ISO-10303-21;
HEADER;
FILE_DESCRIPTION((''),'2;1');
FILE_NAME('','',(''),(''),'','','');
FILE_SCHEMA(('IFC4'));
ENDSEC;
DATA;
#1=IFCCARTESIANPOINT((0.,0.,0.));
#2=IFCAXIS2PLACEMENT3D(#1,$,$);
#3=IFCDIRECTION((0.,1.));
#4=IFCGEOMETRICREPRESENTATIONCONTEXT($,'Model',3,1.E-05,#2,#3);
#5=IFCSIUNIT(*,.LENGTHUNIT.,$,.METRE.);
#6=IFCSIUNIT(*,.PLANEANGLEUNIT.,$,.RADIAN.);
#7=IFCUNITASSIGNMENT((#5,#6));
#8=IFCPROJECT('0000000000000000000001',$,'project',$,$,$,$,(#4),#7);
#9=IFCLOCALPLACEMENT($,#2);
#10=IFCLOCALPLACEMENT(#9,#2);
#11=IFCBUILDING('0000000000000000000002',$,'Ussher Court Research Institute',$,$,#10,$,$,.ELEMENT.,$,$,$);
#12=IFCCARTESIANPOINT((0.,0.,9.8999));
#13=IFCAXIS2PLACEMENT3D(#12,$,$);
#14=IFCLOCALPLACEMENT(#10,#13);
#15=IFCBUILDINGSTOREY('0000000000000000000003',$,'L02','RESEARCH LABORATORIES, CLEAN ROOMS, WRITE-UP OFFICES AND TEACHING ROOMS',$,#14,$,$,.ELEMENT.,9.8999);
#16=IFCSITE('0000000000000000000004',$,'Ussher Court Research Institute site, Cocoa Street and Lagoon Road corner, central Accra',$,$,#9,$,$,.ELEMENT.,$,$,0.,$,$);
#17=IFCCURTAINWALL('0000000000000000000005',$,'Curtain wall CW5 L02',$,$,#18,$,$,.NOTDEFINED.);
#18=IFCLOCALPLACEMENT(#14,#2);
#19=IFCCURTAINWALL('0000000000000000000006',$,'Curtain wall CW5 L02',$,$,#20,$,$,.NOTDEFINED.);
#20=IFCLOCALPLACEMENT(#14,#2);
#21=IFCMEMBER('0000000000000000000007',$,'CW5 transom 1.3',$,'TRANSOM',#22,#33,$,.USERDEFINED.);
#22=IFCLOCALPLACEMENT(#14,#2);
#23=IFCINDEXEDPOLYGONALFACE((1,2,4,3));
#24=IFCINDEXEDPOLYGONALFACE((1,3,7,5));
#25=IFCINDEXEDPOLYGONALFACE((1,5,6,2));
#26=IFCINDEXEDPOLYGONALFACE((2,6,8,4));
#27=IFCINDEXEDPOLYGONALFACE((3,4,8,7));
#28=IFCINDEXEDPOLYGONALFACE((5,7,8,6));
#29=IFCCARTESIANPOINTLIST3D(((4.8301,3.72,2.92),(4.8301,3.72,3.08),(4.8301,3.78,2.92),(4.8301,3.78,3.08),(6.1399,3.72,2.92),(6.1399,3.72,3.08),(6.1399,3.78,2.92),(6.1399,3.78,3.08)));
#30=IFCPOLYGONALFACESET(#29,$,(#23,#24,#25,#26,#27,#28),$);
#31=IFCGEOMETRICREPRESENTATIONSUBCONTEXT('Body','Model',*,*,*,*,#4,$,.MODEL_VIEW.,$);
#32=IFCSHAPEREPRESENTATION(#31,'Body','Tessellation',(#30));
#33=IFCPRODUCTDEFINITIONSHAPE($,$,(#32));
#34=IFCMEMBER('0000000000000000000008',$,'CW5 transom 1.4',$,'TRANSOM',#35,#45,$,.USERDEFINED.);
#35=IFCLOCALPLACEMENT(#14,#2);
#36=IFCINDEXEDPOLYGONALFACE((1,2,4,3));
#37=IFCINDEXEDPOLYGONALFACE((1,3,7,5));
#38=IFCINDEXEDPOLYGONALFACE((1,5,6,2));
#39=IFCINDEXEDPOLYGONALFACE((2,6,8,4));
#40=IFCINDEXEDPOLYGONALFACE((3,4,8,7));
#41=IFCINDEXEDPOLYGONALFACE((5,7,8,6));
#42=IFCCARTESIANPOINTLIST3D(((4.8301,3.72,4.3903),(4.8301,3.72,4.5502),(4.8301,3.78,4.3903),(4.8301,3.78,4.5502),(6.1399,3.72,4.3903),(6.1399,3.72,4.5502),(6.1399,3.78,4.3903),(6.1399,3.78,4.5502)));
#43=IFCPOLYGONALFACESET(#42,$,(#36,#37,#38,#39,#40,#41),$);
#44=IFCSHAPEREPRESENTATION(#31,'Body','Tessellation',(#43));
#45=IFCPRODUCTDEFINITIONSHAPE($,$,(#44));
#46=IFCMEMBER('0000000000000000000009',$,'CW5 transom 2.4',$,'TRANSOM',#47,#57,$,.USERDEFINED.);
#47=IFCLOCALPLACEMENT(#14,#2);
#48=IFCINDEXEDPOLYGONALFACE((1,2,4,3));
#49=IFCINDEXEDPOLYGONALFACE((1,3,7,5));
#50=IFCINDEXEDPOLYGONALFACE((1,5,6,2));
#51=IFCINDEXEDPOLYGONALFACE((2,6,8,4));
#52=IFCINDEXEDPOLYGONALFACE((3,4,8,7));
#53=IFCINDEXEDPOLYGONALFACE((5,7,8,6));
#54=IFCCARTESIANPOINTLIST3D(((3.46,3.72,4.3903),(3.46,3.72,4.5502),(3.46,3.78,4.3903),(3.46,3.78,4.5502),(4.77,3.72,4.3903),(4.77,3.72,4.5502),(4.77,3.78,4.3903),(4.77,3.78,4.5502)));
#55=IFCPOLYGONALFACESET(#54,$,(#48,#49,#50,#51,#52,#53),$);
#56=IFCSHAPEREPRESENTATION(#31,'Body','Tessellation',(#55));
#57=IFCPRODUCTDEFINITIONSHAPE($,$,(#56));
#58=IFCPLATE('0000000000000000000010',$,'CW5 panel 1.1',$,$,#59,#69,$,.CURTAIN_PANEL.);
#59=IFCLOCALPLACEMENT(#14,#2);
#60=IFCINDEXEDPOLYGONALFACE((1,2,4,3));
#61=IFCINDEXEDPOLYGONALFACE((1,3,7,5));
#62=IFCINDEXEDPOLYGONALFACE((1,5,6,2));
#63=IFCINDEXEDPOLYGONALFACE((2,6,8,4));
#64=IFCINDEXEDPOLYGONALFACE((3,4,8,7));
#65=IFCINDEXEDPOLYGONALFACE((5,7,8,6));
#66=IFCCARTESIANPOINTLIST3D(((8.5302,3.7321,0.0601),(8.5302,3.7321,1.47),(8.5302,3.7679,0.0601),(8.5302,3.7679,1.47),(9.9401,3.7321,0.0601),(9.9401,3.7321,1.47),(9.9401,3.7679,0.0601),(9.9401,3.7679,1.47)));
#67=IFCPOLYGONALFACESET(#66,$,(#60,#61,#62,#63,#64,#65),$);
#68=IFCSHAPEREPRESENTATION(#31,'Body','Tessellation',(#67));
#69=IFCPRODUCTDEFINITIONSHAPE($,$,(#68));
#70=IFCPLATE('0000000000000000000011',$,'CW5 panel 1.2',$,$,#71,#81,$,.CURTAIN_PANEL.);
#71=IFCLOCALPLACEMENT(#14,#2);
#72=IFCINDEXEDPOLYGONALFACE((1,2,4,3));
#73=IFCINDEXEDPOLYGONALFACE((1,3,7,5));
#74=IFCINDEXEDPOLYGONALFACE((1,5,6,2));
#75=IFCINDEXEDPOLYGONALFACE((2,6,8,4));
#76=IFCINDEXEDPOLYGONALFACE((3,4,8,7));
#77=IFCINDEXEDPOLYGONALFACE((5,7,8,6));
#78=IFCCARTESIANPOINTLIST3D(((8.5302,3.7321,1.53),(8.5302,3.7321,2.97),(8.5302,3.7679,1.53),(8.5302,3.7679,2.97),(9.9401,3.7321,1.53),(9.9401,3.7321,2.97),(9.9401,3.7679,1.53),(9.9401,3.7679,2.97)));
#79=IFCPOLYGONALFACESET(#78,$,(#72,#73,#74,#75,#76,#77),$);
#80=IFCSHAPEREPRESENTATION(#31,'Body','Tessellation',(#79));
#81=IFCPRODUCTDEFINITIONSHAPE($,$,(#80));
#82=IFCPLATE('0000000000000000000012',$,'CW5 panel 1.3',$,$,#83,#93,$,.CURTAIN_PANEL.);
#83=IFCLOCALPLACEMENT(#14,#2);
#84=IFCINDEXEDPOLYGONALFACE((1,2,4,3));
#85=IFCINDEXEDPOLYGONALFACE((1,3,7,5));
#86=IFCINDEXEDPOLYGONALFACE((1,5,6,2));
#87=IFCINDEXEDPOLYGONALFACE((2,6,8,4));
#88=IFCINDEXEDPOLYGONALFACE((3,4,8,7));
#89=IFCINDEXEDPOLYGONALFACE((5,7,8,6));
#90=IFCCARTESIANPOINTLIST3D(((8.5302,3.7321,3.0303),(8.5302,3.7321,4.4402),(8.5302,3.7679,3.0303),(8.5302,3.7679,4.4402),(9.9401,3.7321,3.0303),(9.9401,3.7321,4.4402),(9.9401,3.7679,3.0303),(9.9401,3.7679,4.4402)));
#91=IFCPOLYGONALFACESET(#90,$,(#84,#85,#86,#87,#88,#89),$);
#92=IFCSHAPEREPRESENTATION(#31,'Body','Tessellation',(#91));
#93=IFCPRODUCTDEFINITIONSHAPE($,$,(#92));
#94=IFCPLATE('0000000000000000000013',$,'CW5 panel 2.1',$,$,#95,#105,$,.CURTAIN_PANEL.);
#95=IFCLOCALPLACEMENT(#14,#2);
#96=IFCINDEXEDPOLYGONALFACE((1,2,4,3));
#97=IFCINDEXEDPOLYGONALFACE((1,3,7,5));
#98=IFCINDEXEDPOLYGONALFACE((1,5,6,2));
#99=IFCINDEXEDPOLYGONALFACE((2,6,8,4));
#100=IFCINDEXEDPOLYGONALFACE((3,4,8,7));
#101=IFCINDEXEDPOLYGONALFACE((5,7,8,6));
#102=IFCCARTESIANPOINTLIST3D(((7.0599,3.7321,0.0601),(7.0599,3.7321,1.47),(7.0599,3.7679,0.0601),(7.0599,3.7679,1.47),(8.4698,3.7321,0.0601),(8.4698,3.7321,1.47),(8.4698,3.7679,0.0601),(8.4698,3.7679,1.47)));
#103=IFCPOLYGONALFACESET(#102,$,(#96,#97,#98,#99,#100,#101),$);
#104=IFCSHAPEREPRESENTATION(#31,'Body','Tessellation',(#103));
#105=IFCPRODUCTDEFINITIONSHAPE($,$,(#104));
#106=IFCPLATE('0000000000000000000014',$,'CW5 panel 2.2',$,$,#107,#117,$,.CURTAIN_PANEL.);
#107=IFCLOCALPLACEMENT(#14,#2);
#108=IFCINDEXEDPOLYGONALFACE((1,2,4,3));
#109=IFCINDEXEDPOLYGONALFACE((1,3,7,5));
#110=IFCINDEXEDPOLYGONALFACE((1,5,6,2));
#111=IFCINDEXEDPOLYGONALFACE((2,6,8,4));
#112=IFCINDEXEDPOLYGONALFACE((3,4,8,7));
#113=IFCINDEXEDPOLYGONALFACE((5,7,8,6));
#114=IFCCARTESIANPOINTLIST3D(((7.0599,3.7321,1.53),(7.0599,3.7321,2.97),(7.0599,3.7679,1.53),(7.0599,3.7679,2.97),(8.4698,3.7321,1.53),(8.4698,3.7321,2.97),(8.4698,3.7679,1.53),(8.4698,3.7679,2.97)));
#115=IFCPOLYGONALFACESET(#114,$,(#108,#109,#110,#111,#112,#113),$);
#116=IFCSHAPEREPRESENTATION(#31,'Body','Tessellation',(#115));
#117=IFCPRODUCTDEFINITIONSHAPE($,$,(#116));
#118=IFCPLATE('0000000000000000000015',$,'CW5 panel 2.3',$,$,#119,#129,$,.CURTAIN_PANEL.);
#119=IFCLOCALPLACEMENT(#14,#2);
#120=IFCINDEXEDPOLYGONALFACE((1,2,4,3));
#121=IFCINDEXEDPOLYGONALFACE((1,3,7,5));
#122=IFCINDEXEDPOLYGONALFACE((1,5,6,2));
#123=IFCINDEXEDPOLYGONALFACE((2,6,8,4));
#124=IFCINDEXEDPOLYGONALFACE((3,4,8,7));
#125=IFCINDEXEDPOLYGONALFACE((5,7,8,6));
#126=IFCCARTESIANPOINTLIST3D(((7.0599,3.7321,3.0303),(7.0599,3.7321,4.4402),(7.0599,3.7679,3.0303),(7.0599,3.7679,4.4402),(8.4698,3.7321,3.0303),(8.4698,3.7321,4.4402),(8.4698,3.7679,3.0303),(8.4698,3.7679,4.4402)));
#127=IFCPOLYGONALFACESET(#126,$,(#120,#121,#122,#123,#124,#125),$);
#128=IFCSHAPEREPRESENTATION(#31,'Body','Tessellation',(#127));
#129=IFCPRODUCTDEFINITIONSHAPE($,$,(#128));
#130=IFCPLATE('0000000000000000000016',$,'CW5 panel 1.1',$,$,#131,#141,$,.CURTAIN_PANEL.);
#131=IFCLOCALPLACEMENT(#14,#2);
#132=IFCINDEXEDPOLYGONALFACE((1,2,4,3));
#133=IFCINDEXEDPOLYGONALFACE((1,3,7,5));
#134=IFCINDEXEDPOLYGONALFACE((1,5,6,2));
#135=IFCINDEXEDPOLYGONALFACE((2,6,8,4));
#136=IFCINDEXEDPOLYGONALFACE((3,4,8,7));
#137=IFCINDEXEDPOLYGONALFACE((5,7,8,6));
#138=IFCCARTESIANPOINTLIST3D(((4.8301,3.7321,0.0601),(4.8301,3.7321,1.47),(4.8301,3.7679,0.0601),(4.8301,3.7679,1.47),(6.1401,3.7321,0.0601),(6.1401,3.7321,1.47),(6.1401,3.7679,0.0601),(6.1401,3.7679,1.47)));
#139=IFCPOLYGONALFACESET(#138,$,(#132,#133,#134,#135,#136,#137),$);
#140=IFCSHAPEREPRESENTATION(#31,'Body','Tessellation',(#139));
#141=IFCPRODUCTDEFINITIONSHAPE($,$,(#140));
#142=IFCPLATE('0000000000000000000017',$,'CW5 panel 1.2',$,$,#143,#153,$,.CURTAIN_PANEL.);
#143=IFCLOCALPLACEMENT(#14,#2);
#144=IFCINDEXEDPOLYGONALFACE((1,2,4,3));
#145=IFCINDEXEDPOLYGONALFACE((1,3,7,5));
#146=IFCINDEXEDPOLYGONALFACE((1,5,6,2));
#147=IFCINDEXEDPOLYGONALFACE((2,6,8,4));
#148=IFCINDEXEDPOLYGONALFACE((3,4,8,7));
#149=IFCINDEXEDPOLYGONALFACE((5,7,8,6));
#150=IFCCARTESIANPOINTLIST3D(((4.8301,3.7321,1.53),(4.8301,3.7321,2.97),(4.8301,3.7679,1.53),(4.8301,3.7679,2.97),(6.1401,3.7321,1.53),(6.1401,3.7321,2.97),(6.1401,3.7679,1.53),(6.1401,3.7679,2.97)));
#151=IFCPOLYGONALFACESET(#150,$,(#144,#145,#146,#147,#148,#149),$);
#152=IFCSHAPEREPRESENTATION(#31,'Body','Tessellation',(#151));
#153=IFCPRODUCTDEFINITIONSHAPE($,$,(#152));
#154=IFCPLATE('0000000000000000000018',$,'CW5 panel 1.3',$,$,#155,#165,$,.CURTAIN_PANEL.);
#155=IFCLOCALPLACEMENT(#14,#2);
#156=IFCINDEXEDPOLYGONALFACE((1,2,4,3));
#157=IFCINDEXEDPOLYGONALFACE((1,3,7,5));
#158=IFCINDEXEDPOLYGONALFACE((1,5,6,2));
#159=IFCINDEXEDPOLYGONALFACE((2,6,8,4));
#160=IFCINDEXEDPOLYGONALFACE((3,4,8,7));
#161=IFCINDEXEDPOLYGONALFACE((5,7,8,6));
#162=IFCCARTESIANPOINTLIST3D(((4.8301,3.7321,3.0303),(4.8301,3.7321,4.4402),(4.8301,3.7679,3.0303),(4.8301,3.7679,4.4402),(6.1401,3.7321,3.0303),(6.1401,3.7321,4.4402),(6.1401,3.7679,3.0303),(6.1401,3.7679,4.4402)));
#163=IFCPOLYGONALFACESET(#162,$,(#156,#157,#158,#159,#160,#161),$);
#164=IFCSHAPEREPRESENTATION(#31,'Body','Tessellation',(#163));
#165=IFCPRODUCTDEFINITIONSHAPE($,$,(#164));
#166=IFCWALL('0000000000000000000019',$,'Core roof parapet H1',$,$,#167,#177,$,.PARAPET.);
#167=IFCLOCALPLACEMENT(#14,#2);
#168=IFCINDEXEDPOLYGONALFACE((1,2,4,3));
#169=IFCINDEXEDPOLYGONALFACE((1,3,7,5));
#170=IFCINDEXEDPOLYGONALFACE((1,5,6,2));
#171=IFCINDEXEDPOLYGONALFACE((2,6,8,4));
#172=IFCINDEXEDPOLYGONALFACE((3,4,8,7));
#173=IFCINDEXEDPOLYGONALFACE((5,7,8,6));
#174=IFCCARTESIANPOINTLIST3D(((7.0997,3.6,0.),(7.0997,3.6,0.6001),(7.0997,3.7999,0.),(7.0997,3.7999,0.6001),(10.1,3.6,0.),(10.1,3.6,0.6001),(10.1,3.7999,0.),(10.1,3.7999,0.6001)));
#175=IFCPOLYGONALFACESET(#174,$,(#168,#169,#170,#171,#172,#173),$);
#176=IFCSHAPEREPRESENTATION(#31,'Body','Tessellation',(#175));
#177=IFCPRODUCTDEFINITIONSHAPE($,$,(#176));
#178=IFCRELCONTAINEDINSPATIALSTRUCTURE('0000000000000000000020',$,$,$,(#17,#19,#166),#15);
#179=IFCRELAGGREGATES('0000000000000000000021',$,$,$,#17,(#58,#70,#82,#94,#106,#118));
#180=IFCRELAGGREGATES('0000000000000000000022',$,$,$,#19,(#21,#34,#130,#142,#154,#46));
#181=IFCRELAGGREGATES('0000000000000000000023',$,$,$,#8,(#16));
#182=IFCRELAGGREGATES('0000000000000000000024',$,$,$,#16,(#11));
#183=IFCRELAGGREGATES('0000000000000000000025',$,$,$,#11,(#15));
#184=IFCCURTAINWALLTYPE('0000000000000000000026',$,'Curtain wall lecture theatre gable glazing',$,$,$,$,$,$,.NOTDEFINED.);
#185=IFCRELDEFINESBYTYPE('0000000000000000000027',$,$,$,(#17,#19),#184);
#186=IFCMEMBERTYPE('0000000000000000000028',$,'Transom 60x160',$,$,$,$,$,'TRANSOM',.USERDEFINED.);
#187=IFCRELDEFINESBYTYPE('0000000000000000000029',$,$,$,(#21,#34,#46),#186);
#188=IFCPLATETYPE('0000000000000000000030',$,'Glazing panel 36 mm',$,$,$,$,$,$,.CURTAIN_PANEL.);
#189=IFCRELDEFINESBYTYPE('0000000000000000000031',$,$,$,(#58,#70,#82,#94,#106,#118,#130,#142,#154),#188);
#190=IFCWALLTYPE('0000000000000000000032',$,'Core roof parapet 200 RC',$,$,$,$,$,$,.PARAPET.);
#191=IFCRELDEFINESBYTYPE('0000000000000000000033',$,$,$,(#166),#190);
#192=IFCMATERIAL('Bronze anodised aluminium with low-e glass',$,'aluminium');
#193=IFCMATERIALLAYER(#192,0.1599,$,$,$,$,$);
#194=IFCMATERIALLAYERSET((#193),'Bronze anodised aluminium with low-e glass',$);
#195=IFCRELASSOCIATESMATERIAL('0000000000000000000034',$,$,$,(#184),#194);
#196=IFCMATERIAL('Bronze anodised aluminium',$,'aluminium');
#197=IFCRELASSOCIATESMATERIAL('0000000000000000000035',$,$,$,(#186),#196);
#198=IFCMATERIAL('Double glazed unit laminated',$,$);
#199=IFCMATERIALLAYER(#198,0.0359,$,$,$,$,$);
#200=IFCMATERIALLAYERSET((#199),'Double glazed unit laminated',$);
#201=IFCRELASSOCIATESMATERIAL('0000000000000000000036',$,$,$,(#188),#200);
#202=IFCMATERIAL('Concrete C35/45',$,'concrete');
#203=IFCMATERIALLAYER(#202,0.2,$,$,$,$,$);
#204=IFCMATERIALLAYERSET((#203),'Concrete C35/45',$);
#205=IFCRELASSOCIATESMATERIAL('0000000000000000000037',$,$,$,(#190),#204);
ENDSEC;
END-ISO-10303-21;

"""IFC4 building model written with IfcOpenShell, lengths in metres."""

from ifc_helpers import new_model, si_unit, direction, frame, frame_2d, origin, origin_2d, place, context, subcontext, project, spatial, rectangle, extrude, material, layer, layer_set, material_profile, profile_set, type_object, element, aggregate, save


model = new_model("IFC4")

# Units and contexts
model_context = context("Model", 3, precision=1e-05, world=origin(), true_north=direction((0.0, 1.0)))
body_context = subcontext(model_context, "Body", "Model", "MODEL_VIEW")
ifc_project = project(units=[si_unit("LENGTHUNIT", "METRE"), si_unit("PLANEANGLEUNIT", "RADIAN")], contexts=[model_context])

# Site, building, storey
site_placement = place(None, origin())
site = spatial("IfcSite", under=ifc_project, at=site_placement, Name="Ussher Court Research Institute site, Cocoa Street and Lagoon Road corner, central Accra", CompositionType="ELEMENT", RefElevation=0.0)
building_placement = place(site_placement, origin())
building = spatial("IfcBuilding", under=site, at=building_placement, Name="Ussher Court Research Institute", CompositionType="ELEMENT")
storey_placement = place(building_placement, frame((0.0, 0.0, 9.8999)))
storey = spatial("IfcBuildingStorey", under=building, at=storey_placement, Name="L02", Description="RESEARCH LABORATORIES, CLEAN ROOMS, WRITE-UP OFFICES AND TEACHING ROOMS", CompositionType="ELEMENT", Elevation=9.8999)

# Curtain walls
ifc_material_1 = material(Name="Bronze anodised aluminium with low-e glass", Category="aluminium")
ifc_layer_1 = layer(ifc_material_1, 0.1599)
ifc_layer_set_1 = layer_set([ifc_layer_1], Name="Bronze anodised aluminium with low-e glass")
curtain_wall_type = type_object("IfcCurtainWallType", Name="Curtain wall lecture theatre gable glazing", PredefinedType="NOTDEFINED", material=ifc_layer_set_1)
curtain_wall_1_placement = place(storey_placement, origin())
curtain_wall_1 = element("IfcCurtainWall", 1, at=curtain_wall_1_placement, inside=storey, type_object=curtain_wall_type, Name="Curtain wall CW5 L02", PredefinedType="NOTDEFINED")
curtain_wall_2_placement = place(storey_placement, origin())
curtain_wall_2 = element("IfcCurtainWall", 2, at=curtain_wall_2_placement, inside=storey, type_object=curtain_wall_type, Name="Curtain wall CW5 L02", PredefinedType="NOTDEFINED")

# Members
ifc_material_2 = material(Name="Bronze anodised aluminium", Category="aluminium")
ifc_material_profile_1 = material_profile(ifc_material_2, rectangle(XDim=0.0601, YDim=0.1599, at=origin_2d()), Name="Transom 60x160")
ifc_profile_set_1 = profile_set([ifc_material_profile_1], Name="Bronze anodised aluminium")
member_type_1 = type_object("IfcMemberType", Name="Transom 60x160", ElementType="TRANSOM", PredefinedType="USERDEFINED", material=ifc_profile_set_1)
member_1_placement = place(storey_placement, frame((6.1399, 3.75, 3.0), z_axis=(-1.0, 0.0, 0.0), x_axis=(0.0, -1.0, 0.0)))
member_1 = element("IfcMember", 3, at=member_1_placement, type_object=member_type_1, Name="CW5 transom 1.3", ObjectType="TRANSOM", PredefinedType="USERDEFINED", context=body_context, shape_type="SweptSolid", body=[
    extrude(rectangle(XDim=0.0601, YDim=0.1599, at=origin_2d()), origin(), (0.0, 0.0, 1.0), 1.3098),
])
member_2_placement = place(storey_placement, frame((6.1399, 3.75, 4.4702), z_axis=(-1.0, 0.0, 0.0), x_axis=(0.0, -1.0, 0.0)))
member_2 = element("IfcMember", 4, at=member_2_placement, type_object=member_type_1, Name="CW5 transom 1.4", ObjectType="TRANSOM", PredefinedType="USERDEFINED", context=body_context, shape_type="SweptSolid", body=[
    extrude(rectangle(XDim=0.0601, YDim=0.1599, at=origin_2d()), origin(), (0.0, 0.0, 1.0), 1.3098),
])
member_3_placement = place(storey_placement, frame((4.77, 3.75, 4.4702), z_axis=(-1.0, 0.0, 0.0), x_axis=(0.0, -1.0, 0.0)))
member_3 = element("IfcMember", 5, at=member_3_placement, type_object=member_type_1, Name="CW5 transom 2.4", ObjectType="TRANSOM", PredefinedType="USERDEFINED", context=body_context, shape_type="SweptSolid", body=[
    extrude(rectangle(XDim=0.0601, YDim=0.1599, at=origin_2d()), origin(), (0.0, 0.0, 1.0), 1.3101),
])

# Plates
ifc_material_3 = material(Name="Double glazed unit laminated")
ifc_layer_2 = layer(ifc_material_3, 0.0359)
ifc_layer_set_2 = layer_set([ifc_layer_2], Name="Double glazed unit laminated")
plate_type = type_object("IfcPlateType", Name="Glazing panel 36 mm", PredefinedType="CURTAIN_PANEL", material=ifc_layer_set_2)
plate_1_placement = place(storey_placement, frame((9.2351, 3.75, 0.0601), z_axis=(0.0, 0.0, 1.0), x_axis=(-1.0, 0.0, 0.0)))
plate_1 = element("IfcPlate", 6, at=plate_1_placement, type_object=plate_type, Name="CW5 panel 1.1", PredefinedType="CURTAIN_PANEL", context=body_context, shape_type="SweptSolid", body=[
    extrude(rectangle(XDim=1.4099, YDim=0.0359, at=origin_2d()), origin(), (0.0, 0.0, 1.0), 1.4099),
])
plate_2_placement = place(storey_placement, frame((9.2351, 3.75, 1.53), z_axis=(0.0, 0.0, 1.0), x_axis=(-1.0, 0.0, 0.0)))
plate_2 = element("IfcPlate", 7, at=plate_2_placement, type_object=plate_type, Name="CW5 panel 1.2", PredefinedType="CURTAIN_PANEL", context=body_context, shape_type="SweptSolid", body=[
    extrude(rectangle(XDim=1.4099, YDim=0.0359, at=origin_2d()), origin(), (0.0, 0.0, 1.0), 1.4399),
])
plate_3_placement = place(storey_placement, frame((9.2351, 3.75, 3.0303), z_axis=(0.0, 0.0, 1.0), x_axis=(-1.0, 0.0, 0.0)))
plate_3 = element("IfcPlate", 8, at=plate_3_placement, type_object=plate_type, Name="CW5 panel 1.3", PredefinedType="CURTAIN_PANEL", context=body_context, shape_type="SweptSolid", body=[
    extrude(rectangle(XDim=1.4099, YDim=0.0359, at=origin_2d()), origin(), (0.0, 0.0, 1.0), 1.4099),
])
plate_4_placement = place(storey_placement, frame((7.7649, 3.75, 0.0601), z_axis=(0.0, 0.0, 1.0), x_axis=(-1.0, 0.0, 0.0)))
plate_4 = element("IfcPlate", 9, at=plate_4_placement, type_object=plate_type, Name="CW5 panel 2.1", PredefinedType="CURTAIN_PANEL", context=body_context, shape_type="SweptSolid", body=[
    extrude(rectangle(XDim=1.4099, YDim=0.0359, at=origin_2d()), origin(), (0.0, 0.0, 1.0), 1.4099),
])
plate_5_placement = place(storey_placement, frame((7.7649, 3.75, 1.53), z_axis=(0.0, 0.0, 1.0), x_axis=(-1.0, 0.0, 0.0)))
plate_5 = element("IfcPlate", 10, at=plate_5_placement, type_object=plate_type, Name="CW5 panel 2.2", PredefinedType="CURTAIN_PANEL", context=body_context, shape_type="SweptSolid", body=[
    extrude(rectangle(XDim=1.4099, YDim=0.0359, at=origin_2d()), origin(), (0.0, 0.0, 1.0), 1.4399),
])
plate_6_placement = place(storey_placement, frame((7.7649, 3.75, 3.0303), z_axis=(0.0, 0.0, 1.0), x_axis=(-1.0, 0.0, 0.0)))
plate_6 = element("IfcPlate", 11, at=plate_6_placement, type_object=plate_type, Name="CW5 panel 2.3", PredefinedType="CURTAIN_PANEL", context=body_context, shape_type="SweptSolid", body=[
    extrude(rectangle(XDim=1.4099, YDim=0.0359, at=origin_2d()), origin(), (0.0, 0.0, 1.0), 1.4099),
])
aggregate(curtain_wall_1, [plate_1, plate_2, plate_3, plate_4, plate_5, plate_6])
plate_7_placement = place(storey_placement, frame((5.4851, 3.75, 0.0601), z_axis=(0.0, 0.0, 1.0), x_axis=(-1.0, 0.0, 0.0)))
plate_7 = element("IfcPlate", 12, at=plate_7_placement, type_object=plate_type, Name="CW5 panel 1.1", PredefinedType="CURTAIN_PANEL", context=body_context, shape_type="SweptSolid", body=[
    extrude(rectangle(XDim=1.3101, YDim=0.0359, at=origin_2d()), origin(), (0.0, 0.0, 1.0), 1.4099),
])
plate_8_placement = place(storey_placement, frame((5.4851, 3.75, 1.53), z_axis=(0.0, 0.0, 1.0), x_axis=(-1.0, 0.0, 0.0)))
plate_8 = element("IfcPlate", 13, at=plate_8_placement, type_object=plate_type, Name="CW5 panel 1.2", PredefinedType="CURTAIN_PANEL", context=body_context, shape_type="SweptSolid", body=[
    extrude(rectangle(XDim=1.3101, YDim=0.0359, at=origin_2d()), origin(), (0.0, 0.0, 1.0), 1.4399),
])
plate_9_placement = place(storey_placement, frame((5.4851, 3.75, 3.0303), z_axis=(0.0, 0.0, 1.0), x_axis=(-1.0, 0.0, 0.0)))
plate_9 = element("IfcPlate", 14, at=plate_9_placement, type_object=plate_type, Name="CW5 panel 1.3", PredefinedType="CURTAIN_PANEL", context=body_context, shape_type="SweptSolid", body=[
    extrude(rectangle(XDim=1.3101, YDim=0.0359, at=origin_2d()), origin(), (0.0, 0.0, 1.0), 1.4099),
])
aggregate(curtain_wall_2, [member_1, member_2, plate_7, plate_8, plate_9, member_3])

# Wall
ifc_material_4 = material(Name="Concrete C35/45", Category="concrete")
ifc_layer_3 = layer(ifc_material_4, 0.2)
ifc_layer_set_3 = layer_set([ifc_layer_3], Name="Concrete C35/45")
wall_type = type_object("IfcWallType", Name="Core roof parapet 200 RC", PredefinedType="PARAPET", material=ifc_layer_set_3)
wall_placement = place(storey_placement, frame((7.0999, 3.7, 0.0), z_axis=(0.0, 0.0, 1.0), x_axis=(1.0, 0.0, 0.0)))
element("IfcWall", 15, at=wall_placement, inside=storey, type_object=wall_type, Name="Core roof parapet H1", PredefinedType="PARAPET", context=body_context, shape_type="SweptSolid", body=[
    extrude(rectangle(XDim=3.0002, YDim=0.2, at=frame_2d((1.5, 0.0))), origin(), (0.0, 0.0, 1.0), 0.6001),
])

save(model, "model.ifc")
